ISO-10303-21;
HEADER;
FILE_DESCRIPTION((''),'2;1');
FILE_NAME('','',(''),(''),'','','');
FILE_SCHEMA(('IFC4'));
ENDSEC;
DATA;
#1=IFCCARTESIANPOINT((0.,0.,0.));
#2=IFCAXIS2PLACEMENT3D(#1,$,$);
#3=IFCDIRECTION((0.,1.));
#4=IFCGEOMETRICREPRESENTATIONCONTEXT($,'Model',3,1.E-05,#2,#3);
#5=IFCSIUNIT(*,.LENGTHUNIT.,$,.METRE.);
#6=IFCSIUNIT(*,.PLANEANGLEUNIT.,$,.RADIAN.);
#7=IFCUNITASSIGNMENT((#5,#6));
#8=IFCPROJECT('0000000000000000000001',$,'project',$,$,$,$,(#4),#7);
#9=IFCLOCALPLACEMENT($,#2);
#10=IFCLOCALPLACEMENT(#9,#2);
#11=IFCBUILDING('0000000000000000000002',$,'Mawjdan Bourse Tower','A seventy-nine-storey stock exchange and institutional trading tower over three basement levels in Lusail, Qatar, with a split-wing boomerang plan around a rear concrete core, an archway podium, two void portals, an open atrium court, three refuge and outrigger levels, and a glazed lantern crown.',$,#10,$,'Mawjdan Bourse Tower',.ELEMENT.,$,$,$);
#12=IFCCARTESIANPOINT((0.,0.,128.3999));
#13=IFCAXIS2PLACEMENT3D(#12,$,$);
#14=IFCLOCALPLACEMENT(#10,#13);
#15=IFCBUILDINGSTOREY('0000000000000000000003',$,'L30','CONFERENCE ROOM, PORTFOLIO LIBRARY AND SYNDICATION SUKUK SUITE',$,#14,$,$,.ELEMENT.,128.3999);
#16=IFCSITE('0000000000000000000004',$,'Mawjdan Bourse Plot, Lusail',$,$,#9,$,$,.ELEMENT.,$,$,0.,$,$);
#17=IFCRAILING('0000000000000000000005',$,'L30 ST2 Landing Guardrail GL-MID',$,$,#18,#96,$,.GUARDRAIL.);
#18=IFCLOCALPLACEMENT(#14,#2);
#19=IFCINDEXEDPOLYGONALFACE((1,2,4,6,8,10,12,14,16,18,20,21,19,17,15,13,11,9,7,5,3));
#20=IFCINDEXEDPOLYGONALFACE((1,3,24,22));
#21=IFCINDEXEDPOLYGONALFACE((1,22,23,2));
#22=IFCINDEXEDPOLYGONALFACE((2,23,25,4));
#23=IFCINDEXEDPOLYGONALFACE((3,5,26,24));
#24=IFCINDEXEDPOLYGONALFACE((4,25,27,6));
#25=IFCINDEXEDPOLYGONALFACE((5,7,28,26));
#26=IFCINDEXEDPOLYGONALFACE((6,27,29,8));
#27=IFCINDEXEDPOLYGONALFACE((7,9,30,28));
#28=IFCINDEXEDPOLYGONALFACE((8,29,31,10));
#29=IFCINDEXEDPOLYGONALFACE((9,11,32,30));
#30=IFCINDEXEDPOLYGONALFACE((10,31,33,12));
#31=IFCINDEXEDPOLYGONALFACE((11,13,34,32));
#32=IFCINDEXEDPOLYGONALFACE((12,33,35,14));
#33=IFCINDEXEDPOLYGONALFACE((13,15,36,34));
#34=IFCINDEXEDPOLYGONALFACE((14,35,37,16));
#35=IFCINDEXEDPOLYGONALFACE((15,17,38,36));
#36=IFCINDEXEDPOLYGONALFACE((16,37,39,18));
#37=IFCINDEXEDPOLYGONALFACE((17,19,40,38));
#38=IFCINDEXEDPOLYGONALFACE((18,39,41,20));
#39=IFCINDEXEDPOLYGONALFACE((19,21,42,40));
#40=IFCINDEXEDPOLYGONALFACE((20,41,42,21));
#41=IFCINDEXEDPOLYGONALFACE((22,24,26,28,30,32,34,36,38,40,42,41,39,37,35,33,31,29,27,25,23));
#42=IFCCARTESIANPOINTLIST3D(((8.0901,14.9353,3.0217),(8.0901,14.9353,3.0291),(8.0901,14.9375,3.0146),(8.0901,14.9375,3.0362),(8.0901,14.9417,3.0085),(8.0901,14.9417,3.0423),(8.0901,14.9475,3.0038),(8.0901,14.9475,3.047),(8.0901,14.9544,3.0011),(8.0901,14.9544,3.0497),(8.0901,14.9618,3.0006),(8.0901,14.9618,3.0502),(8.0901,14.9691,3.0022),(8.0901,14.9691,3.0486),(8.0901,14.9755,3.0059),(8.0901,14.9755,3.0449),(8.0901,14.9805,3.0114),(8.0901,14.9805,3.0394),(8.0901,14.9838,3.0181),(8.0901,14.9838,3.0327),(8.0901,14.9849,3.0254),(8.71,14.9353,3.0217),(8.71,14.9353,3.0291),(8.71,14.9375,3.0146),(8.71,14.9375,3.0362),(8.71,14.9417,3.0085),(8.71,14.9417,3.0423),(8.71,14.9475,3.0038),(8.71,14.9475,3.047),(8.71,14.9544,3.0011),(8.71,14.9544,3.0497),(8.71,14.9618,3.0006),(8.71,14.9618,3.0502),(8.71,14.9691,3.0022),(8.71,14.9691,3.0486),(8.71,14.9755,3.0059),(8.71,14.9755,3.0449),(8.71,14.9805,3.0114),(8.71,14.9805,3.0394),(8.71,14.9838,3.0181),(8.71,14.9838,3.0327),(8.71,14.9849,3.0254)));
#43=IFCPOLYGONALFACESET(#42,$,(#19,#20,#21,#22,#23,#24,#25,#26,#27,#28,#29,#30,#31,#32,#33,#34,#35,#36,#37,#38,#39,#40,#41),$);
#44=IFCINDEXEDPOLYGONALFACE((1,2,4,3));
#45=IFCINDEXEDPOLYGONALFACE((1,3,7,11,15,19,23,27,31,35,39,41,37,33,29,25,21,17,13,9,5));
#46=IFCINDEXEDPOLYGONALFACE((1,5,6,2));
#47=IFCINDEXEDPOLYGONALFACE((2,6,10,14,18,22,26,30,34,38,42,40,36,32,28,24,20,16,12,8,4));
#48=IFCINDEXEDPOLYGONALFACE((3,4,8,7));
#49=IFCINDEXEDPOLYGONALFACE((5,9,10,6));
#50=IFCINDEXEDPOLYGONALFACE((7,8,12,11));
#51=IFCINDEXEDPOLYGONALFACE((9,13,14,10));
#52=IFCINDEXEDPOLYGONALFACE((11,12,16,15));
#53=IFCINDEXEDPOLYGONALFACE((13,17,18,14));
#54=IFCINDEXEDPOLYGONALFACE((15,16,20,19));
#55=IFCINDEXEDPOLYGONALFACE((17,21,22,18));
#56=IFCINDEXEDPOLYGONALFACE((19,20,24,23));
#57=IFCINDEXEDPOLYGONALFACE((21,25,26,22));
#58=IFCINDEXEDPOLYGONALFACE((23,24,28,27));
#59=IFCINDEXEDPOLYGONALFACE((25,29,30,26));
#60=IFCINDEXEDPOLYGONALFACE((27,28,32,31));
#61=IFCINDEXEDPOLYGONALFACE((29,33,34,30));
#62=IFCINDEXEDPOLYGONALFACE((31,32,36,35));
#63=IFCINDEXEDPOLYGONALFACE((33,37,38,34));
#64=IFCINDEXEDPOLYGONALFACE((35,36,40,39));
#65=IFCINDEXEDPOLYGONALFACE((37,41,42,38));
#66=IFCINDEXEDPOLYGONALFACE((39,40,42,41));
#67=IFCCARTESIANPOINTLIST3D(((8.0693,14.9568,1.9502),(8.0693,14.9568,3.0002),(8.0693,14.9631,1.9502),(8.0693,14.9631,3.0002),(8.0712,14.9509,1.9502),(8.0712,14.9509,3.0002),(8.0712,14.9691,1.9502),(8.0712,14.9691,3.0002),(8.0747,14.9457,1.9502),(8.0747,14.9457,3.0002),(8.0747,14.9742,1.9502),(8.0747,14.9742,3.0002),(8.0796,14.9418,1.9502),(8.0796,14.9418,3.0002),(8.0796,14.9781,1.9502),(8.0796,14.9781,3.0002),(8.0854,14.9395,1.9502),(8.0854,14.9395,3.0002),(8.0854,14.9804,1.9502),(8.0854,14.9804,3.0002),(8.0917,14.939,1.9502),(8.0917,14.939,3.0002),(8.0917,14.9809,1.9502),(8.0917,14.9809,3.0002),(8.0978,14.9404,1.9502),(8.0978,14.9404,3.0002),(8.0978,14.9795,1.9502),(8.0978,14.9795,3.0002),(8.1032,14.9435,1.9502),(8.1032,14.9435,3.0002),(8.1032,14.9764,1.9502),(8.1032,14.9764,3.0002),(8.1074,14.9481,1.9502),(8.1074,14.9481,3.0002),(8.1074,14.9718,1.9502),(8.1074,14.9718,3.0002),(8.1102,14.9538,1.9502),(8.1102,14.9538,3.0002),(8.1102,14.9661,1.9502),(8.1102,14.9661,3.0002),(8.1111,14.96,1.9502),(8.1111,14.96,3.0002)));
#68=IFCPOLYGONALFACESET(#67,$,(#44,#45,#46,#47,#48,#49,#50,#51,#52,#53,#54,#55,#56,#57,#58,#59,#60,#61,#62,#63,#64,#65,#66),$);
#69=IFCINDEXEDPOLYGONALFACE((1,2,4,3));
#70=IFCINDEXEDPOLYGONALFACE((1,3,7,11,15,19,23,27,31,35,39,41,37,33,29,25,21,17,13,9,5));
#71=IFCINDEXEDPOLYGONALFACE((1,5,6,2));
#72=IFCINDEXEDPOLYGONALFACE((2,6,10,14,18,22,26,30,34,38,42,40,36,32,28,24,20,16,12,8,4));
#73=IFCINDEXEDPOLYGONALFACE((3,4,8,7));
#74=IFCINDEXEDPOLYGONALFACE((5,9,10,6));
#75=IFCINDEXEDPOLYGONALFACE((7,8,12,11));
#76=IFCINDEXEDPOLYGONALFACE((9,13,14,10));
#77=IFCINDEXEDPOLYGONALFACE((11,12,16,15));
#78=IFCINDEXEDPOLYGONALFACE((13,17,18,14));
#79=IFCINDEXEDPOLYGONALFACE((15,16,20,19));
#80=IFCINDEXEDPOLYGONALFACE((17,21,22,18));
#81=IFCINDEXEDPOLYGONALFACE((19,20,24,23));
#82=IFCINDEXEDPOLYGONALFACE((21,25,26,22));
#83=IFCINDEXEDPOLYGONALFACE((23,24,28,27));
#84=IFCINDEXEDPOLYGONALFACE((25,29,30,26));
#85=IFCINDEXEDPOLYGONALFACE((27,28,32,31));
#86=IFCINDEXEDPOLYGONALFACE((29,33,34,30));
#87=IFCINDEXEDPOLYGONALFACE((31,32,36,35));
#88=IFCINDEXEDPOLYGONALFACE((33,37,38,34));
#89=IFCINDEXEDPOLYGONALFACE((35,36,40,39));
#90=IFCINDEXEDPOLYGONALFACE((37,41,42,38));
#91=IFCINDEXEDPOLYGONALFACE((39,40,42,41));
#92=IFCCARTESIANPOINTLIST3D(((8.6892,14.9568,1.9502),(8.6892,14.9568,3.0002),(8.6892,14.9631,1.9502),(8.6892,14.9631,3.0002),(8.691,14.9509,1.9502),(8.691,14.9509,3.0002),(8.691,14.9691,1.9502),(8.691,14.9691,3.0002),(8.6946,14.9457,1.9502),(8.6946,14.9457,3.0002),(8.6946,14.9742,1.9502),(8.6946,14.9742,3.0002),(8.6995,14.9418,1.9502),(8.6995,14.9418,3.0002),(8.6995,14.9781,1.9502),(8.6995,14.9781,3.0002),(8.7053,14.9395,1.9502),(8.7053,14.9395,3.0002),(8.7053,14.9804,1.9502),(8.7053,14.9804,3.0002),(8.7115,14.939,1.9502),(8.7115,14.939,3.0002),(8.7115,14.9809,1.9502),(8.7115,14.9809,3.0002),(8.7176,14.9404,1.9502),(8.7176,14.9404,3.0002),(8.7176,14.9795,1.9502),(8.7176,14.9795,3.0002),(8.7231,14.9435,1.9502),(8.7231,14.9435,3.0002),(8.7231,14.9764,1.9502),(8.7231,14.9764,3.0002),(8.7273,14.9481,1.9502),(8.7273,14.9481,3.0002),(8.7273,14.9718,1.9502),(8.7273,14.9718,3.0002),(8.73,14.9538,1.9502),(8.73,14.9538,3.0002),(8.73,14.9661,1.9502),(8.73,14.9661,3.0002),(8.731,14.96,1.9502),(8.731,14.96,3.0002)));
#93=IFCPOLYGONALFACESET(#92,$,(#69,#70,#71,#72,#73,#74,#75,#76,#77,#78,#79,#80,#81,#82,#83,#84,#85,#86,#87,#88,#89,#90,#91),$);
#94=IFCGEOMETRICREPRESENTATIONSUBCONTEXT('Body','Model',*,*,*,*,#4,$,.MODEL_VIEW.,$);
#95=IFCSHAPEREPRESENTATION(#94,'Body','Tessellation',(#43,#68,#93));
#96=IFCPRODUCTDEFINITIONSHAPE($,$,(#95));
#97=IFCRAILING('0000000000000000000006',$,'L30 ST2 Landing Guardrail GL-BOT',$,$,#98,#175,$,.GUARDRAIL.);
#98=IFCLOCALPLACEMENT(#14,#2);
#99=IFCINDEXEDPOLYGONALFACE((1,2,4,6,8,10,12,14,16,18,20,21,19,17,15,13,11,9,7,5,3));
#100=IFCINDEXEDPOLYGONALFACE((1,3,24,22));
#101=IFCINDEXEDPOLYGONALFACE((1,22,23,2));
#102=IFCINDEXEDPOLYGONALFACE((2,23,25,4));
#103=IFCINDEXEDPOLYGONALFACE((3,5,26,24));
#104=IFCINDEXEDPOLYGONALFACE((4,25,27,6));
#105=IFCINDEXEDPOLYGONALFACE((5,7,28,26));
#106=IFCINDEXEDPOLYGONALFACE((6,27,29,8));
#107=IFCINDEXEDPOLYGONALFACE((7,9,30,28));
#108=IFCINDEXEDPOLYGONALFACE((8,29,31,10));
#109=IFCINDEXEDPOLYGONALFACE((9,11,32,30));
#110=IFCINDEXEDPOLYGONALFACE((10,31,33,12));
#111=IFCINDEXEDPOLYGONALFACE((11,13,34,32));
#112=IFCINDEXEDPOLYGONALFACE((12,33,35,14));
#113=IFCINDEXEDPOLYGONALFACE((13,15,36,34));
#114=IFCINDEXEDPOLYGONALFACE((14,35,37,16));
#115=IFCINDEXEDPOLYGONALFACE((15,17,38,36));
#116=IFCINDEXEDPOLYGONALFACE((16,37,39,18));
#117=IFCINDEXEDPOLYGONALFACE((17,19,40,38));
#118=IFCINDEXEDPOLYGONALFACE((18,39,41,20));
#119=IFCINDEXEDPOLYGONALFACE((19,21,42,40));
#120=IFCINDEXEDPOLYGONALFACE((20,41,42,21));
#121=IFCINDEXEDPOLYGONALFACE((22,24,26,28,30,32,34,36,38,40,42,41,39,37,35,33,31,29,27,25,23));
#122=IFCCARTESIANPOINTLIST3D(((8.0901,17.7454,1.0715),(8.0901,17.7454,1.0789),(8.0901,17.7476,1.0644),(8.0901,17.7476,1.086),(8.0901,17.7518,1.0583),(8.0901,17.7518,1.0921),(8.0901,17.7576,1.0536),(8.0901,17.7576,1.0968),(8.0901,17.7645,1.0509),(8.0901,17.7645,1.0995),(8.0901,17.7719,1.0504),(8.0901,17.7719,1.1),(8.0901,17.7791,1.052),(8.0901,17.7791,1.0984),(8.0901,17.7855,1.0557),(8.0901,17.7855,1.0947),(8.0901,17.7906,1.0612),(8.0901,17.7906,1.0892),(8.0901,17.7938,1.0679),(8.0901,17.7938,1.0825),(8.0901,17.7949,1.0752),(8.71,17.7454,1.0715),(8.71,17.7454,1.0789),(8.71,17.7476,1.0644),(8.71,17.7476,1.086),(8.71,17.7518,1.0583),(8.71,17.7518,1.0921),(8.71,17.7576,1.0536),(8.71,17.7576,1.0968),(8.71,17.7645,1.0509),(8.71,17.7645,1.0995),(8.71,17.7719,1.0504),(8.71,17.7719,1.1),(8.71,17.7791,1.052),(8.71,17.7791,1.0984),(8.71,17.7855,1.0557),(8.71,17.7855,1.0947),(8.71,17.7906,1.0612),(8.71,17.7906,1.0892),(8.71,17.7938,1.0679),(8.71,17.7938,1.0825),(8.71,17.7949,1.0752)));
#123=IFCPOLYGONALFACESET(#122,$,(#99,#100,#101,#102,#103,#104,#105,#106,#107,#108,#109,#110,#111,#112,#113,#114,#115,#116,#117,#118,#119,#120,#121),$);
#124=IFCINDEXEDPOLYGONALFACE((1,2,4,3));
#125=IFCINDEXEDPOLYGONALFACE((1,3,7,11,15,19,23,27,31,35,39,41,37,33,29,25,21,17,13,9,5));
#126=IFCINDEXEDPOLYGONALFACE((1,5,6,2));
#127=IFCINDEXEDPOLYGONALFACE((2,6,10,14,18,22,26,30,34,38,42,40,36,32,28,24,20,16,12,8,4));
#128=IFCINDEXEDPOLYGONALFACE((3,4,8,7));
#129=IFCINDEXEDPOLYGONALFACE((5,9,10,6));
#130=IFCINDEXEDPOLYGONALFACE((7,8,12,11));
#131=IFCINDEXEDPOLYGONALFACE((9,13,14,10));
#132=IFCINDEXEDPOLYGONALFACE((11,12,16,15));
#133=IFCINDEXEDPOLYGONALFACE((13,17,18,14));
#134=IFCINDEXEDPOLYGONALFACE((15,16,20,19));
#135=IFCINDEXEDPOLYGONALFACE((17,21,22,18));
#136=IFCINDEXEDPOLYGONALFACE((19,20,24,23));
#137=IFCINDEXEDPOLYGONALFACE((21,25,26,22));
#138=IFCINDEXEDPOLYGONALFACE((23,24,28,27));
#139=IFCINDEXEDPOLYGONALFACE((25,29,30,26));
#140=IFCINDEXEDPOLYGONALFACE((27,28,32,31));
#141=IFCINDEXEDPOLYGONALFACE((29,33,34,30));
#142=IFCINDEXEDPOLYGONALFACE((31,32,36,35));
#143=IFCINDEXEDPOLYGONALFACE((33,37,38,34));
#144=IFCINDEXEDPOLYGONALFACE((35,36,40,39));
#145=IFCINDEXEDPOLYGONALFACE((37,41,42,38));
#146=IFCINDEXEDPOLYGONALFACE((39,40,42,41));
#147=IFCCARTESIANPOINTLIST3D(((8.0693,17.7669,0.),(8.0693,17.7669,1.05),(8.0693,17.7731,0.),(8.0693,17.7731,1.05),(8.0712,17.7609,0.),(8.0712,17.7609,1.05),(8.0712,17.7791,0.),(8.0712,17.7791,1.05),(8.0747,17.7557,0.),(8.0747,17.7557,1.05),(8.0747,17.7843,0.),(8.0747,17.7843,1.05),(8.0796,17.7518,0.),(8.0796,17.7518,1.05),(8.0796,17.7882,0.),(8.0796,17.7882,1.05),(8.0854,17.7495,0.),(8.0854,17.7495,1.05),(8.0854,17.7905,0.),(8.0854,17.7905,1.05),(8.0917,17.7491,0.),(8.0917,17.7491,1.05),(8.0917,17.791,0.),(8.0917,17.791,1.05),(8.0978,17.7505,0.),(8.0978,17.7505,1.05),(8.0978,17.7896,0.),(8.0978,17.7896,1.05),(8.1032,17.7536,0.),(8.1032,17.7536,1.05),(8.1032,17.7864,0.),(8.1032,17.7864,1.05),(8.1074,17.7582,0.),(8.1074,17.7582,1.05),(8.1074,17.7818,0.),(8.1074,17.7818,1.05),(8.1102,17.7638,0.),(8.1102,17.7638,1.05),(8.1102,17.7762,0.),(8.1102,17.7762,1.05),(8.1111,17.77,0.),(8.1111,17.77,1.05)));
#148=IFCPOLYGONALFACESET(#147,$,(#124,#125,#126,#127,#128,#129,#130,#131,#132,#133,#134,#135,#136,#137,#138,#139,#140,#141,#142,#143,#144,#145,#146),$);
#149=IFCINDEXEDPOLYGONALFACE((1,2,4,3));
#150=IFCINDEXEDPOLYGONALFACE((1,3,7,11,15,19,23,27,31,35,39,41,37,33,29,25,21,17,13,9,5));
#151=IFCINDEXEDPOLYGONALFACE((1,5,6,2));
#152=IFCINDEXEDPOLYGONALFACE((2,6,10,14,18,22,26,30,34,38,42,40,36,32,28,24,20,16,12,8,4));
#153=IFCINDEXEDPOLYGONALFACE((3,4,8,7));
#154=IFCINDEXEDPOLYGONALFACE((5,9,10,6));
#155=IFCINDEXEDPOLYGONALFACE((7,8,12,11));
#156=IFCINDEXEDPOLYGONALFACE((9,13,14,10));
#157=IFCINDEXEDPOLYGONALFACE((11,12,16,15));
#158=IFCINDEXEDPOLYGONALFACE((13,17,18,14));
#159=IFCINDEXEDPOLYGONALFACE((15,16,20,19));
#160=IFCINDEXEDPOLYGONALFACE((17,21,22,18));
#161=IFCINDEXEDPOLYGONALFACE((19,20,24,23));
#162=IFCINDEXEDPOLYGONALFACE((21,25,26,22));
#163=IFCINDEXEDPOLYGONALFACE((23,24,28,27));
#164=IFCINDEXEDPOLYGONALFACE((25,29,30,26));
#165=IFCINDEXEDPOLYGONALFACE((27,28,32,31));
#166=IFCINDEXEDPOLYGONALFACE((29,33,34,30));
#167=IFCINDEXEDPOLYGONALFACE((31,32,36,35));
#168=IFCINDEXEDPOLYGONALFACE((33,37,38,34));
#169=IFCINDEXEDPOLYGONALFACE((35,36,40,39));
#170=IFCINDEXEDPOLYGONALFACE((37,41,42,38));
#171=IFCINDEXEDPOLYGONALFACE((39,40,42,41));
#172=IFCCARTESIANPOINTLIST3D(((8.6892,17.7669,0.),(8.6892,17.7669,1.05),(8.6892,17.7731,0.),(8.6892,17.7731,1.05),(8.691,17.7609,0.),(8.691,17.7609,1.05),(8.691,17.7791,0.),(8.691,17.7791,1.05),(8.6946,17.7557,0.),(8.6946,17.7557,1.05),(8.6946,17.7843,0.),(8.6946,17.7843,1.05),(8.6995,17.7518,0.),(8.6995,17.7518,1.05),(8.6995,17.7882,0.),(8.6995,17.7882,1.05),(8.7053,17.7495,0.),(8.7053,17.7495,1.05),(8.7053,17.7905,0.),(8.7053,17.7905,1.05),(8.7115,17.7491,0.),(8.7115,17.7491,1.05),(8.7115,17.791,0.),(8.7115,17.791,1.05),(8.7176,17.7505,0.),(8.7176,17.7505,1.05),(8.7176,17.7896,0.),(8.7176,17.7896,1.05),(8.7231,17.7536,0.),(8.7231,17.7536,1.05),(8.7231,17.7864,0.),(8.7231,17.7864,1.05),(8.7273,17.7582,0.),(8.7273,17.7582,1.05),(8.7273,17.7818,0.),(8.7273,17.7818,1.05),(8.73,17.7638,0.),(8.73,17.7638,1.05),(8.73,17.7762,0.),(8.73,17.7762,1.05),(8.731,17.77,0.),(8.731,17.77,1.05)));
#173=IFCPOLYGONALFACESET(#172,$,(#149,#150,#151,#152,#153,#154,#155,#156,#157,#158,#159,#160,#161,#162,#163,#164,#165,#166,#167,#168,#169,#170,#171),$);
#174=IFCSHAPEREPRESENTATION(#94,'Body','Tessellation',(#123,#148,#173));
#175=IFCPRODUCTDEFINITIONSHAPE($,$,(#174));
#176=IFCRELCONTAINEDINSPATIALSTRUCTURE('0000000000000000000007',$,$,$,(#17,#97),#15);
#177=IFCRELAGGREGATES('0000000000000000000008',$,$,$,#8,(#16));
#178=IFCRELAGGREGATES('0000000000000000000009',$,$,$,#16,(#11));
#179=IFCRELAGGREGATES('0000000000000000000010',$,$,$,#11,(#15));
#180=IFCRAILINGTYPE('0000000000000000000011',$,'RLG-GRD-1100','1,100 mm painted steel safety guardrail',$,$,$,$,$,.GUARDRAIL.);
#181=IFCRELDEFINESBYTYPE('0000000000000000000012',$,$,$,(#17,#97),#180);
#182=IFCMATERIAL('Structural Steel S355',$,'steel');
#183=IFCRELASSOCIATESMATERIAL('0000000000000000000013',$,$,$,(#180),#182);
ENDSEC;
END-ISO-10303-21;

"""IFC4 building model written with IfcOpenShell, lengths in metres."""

from ifc_helpers import new_model, si_unit, direction, frame, origin, origin_2d, place, context, subcontext, project, spatial, circle, extrude, material, type_object, element, save


model = new_model("IFC4")

# Units and contexts
model_context = context("Model", 3, precision=1e-05, world=origin(), true_north=direction((0.0, 1.0)))
body_context = subcontext(model_context, "Body", "Model", "MODEL_VIEW")
ifc_project = project(units=[si_unit("LENGTHUNIT", "METRE"), si_unit("PLANEANGLEUNIT", "RADIAN")], contexts=[model_context])

# Site, building, storey
site_placement = place(None, origin())
site = spatial("IfcSite", under=ifc_project, at=site_placement, Name="Mawjdan Bourse Plot, Lusail", CompositionType="ELEMENT", RefElevation=0.0)
building_placement = place(site_placement, origin())
building = spatial("IfcBuilding", under=site, at=building_placement, Name="Mawjdan Bourse Tower", Description="A seventy-nine-storey stock exchange and institutional trading tower over three basement levels in Lusail, Qatar, with a split-wing boomerang plan around a rear concrete core, an archway podium, two void portals, an open atrium court, three refuge and outrigger levels, and a glazed lantern crown.", LongName="Mawjdan Bourse Tower", CompositionType="ELEMENT")
storey_placement = place(building_placement, frame((0.0, 0.0, 128.3999)))
storey = spatial("IfcBuildingStorey", under=building, at=storey_placement, Name="L30", Description="CONFERENCE ROOM, PORTFOLIO LIBRARY AND SYNDICATION SUKUK SUITE", CompositionType="ELEMENT", Elevation=128.3999)

# Railings
ifc_material_1 = material(Name="Structural Steel S355", Category="steel")
railing_type_1 = type_object("IfcRailingType", Name="RLG-GRD-1100", Description="1,100 mm painted steel safety guardrail", PredefinedType="GUARDRAIL", material=ifc_material_1)
for number, where, name in (
    (1, (8.0901, 14.96, 1.9502), "L30 ST2 Landing Guardrail GL-MID"),
    (2, (8.0901, 17.77, 0.0), "L30 ST2 Landing Guardrail GL-BOT"),
):
    element("IfcRailing", number, at=place(storey_placement, frame(where)), inside=storey, type_object=railing_type_1, Name=name, PredefinedType="GUARDRAIL", context=body_context, shape_type="SweptSolid", body=[
        extrude(circle(Radius=0.0249, at=origin_2d()), frame((0.0, 0.0, 1.0752), z_axis=(1.0, 0.0, 0.0), x_axis=(0.0, 1.0, 0.0)), (0.0, 0.0, 1.0), 0.6199),
        extrude(circle(Radius=0.021, at=origin_2d()), origin(), (0.0, 0.0, 1.0), 1.05),
        extrude(circle(Radius=0.021, at=origin_2d()), frame((0.6199, 0.0, 0.0)), (0.0, 0.0, 1.0), 1.05),
    ])

save(model, "model.ifc")
